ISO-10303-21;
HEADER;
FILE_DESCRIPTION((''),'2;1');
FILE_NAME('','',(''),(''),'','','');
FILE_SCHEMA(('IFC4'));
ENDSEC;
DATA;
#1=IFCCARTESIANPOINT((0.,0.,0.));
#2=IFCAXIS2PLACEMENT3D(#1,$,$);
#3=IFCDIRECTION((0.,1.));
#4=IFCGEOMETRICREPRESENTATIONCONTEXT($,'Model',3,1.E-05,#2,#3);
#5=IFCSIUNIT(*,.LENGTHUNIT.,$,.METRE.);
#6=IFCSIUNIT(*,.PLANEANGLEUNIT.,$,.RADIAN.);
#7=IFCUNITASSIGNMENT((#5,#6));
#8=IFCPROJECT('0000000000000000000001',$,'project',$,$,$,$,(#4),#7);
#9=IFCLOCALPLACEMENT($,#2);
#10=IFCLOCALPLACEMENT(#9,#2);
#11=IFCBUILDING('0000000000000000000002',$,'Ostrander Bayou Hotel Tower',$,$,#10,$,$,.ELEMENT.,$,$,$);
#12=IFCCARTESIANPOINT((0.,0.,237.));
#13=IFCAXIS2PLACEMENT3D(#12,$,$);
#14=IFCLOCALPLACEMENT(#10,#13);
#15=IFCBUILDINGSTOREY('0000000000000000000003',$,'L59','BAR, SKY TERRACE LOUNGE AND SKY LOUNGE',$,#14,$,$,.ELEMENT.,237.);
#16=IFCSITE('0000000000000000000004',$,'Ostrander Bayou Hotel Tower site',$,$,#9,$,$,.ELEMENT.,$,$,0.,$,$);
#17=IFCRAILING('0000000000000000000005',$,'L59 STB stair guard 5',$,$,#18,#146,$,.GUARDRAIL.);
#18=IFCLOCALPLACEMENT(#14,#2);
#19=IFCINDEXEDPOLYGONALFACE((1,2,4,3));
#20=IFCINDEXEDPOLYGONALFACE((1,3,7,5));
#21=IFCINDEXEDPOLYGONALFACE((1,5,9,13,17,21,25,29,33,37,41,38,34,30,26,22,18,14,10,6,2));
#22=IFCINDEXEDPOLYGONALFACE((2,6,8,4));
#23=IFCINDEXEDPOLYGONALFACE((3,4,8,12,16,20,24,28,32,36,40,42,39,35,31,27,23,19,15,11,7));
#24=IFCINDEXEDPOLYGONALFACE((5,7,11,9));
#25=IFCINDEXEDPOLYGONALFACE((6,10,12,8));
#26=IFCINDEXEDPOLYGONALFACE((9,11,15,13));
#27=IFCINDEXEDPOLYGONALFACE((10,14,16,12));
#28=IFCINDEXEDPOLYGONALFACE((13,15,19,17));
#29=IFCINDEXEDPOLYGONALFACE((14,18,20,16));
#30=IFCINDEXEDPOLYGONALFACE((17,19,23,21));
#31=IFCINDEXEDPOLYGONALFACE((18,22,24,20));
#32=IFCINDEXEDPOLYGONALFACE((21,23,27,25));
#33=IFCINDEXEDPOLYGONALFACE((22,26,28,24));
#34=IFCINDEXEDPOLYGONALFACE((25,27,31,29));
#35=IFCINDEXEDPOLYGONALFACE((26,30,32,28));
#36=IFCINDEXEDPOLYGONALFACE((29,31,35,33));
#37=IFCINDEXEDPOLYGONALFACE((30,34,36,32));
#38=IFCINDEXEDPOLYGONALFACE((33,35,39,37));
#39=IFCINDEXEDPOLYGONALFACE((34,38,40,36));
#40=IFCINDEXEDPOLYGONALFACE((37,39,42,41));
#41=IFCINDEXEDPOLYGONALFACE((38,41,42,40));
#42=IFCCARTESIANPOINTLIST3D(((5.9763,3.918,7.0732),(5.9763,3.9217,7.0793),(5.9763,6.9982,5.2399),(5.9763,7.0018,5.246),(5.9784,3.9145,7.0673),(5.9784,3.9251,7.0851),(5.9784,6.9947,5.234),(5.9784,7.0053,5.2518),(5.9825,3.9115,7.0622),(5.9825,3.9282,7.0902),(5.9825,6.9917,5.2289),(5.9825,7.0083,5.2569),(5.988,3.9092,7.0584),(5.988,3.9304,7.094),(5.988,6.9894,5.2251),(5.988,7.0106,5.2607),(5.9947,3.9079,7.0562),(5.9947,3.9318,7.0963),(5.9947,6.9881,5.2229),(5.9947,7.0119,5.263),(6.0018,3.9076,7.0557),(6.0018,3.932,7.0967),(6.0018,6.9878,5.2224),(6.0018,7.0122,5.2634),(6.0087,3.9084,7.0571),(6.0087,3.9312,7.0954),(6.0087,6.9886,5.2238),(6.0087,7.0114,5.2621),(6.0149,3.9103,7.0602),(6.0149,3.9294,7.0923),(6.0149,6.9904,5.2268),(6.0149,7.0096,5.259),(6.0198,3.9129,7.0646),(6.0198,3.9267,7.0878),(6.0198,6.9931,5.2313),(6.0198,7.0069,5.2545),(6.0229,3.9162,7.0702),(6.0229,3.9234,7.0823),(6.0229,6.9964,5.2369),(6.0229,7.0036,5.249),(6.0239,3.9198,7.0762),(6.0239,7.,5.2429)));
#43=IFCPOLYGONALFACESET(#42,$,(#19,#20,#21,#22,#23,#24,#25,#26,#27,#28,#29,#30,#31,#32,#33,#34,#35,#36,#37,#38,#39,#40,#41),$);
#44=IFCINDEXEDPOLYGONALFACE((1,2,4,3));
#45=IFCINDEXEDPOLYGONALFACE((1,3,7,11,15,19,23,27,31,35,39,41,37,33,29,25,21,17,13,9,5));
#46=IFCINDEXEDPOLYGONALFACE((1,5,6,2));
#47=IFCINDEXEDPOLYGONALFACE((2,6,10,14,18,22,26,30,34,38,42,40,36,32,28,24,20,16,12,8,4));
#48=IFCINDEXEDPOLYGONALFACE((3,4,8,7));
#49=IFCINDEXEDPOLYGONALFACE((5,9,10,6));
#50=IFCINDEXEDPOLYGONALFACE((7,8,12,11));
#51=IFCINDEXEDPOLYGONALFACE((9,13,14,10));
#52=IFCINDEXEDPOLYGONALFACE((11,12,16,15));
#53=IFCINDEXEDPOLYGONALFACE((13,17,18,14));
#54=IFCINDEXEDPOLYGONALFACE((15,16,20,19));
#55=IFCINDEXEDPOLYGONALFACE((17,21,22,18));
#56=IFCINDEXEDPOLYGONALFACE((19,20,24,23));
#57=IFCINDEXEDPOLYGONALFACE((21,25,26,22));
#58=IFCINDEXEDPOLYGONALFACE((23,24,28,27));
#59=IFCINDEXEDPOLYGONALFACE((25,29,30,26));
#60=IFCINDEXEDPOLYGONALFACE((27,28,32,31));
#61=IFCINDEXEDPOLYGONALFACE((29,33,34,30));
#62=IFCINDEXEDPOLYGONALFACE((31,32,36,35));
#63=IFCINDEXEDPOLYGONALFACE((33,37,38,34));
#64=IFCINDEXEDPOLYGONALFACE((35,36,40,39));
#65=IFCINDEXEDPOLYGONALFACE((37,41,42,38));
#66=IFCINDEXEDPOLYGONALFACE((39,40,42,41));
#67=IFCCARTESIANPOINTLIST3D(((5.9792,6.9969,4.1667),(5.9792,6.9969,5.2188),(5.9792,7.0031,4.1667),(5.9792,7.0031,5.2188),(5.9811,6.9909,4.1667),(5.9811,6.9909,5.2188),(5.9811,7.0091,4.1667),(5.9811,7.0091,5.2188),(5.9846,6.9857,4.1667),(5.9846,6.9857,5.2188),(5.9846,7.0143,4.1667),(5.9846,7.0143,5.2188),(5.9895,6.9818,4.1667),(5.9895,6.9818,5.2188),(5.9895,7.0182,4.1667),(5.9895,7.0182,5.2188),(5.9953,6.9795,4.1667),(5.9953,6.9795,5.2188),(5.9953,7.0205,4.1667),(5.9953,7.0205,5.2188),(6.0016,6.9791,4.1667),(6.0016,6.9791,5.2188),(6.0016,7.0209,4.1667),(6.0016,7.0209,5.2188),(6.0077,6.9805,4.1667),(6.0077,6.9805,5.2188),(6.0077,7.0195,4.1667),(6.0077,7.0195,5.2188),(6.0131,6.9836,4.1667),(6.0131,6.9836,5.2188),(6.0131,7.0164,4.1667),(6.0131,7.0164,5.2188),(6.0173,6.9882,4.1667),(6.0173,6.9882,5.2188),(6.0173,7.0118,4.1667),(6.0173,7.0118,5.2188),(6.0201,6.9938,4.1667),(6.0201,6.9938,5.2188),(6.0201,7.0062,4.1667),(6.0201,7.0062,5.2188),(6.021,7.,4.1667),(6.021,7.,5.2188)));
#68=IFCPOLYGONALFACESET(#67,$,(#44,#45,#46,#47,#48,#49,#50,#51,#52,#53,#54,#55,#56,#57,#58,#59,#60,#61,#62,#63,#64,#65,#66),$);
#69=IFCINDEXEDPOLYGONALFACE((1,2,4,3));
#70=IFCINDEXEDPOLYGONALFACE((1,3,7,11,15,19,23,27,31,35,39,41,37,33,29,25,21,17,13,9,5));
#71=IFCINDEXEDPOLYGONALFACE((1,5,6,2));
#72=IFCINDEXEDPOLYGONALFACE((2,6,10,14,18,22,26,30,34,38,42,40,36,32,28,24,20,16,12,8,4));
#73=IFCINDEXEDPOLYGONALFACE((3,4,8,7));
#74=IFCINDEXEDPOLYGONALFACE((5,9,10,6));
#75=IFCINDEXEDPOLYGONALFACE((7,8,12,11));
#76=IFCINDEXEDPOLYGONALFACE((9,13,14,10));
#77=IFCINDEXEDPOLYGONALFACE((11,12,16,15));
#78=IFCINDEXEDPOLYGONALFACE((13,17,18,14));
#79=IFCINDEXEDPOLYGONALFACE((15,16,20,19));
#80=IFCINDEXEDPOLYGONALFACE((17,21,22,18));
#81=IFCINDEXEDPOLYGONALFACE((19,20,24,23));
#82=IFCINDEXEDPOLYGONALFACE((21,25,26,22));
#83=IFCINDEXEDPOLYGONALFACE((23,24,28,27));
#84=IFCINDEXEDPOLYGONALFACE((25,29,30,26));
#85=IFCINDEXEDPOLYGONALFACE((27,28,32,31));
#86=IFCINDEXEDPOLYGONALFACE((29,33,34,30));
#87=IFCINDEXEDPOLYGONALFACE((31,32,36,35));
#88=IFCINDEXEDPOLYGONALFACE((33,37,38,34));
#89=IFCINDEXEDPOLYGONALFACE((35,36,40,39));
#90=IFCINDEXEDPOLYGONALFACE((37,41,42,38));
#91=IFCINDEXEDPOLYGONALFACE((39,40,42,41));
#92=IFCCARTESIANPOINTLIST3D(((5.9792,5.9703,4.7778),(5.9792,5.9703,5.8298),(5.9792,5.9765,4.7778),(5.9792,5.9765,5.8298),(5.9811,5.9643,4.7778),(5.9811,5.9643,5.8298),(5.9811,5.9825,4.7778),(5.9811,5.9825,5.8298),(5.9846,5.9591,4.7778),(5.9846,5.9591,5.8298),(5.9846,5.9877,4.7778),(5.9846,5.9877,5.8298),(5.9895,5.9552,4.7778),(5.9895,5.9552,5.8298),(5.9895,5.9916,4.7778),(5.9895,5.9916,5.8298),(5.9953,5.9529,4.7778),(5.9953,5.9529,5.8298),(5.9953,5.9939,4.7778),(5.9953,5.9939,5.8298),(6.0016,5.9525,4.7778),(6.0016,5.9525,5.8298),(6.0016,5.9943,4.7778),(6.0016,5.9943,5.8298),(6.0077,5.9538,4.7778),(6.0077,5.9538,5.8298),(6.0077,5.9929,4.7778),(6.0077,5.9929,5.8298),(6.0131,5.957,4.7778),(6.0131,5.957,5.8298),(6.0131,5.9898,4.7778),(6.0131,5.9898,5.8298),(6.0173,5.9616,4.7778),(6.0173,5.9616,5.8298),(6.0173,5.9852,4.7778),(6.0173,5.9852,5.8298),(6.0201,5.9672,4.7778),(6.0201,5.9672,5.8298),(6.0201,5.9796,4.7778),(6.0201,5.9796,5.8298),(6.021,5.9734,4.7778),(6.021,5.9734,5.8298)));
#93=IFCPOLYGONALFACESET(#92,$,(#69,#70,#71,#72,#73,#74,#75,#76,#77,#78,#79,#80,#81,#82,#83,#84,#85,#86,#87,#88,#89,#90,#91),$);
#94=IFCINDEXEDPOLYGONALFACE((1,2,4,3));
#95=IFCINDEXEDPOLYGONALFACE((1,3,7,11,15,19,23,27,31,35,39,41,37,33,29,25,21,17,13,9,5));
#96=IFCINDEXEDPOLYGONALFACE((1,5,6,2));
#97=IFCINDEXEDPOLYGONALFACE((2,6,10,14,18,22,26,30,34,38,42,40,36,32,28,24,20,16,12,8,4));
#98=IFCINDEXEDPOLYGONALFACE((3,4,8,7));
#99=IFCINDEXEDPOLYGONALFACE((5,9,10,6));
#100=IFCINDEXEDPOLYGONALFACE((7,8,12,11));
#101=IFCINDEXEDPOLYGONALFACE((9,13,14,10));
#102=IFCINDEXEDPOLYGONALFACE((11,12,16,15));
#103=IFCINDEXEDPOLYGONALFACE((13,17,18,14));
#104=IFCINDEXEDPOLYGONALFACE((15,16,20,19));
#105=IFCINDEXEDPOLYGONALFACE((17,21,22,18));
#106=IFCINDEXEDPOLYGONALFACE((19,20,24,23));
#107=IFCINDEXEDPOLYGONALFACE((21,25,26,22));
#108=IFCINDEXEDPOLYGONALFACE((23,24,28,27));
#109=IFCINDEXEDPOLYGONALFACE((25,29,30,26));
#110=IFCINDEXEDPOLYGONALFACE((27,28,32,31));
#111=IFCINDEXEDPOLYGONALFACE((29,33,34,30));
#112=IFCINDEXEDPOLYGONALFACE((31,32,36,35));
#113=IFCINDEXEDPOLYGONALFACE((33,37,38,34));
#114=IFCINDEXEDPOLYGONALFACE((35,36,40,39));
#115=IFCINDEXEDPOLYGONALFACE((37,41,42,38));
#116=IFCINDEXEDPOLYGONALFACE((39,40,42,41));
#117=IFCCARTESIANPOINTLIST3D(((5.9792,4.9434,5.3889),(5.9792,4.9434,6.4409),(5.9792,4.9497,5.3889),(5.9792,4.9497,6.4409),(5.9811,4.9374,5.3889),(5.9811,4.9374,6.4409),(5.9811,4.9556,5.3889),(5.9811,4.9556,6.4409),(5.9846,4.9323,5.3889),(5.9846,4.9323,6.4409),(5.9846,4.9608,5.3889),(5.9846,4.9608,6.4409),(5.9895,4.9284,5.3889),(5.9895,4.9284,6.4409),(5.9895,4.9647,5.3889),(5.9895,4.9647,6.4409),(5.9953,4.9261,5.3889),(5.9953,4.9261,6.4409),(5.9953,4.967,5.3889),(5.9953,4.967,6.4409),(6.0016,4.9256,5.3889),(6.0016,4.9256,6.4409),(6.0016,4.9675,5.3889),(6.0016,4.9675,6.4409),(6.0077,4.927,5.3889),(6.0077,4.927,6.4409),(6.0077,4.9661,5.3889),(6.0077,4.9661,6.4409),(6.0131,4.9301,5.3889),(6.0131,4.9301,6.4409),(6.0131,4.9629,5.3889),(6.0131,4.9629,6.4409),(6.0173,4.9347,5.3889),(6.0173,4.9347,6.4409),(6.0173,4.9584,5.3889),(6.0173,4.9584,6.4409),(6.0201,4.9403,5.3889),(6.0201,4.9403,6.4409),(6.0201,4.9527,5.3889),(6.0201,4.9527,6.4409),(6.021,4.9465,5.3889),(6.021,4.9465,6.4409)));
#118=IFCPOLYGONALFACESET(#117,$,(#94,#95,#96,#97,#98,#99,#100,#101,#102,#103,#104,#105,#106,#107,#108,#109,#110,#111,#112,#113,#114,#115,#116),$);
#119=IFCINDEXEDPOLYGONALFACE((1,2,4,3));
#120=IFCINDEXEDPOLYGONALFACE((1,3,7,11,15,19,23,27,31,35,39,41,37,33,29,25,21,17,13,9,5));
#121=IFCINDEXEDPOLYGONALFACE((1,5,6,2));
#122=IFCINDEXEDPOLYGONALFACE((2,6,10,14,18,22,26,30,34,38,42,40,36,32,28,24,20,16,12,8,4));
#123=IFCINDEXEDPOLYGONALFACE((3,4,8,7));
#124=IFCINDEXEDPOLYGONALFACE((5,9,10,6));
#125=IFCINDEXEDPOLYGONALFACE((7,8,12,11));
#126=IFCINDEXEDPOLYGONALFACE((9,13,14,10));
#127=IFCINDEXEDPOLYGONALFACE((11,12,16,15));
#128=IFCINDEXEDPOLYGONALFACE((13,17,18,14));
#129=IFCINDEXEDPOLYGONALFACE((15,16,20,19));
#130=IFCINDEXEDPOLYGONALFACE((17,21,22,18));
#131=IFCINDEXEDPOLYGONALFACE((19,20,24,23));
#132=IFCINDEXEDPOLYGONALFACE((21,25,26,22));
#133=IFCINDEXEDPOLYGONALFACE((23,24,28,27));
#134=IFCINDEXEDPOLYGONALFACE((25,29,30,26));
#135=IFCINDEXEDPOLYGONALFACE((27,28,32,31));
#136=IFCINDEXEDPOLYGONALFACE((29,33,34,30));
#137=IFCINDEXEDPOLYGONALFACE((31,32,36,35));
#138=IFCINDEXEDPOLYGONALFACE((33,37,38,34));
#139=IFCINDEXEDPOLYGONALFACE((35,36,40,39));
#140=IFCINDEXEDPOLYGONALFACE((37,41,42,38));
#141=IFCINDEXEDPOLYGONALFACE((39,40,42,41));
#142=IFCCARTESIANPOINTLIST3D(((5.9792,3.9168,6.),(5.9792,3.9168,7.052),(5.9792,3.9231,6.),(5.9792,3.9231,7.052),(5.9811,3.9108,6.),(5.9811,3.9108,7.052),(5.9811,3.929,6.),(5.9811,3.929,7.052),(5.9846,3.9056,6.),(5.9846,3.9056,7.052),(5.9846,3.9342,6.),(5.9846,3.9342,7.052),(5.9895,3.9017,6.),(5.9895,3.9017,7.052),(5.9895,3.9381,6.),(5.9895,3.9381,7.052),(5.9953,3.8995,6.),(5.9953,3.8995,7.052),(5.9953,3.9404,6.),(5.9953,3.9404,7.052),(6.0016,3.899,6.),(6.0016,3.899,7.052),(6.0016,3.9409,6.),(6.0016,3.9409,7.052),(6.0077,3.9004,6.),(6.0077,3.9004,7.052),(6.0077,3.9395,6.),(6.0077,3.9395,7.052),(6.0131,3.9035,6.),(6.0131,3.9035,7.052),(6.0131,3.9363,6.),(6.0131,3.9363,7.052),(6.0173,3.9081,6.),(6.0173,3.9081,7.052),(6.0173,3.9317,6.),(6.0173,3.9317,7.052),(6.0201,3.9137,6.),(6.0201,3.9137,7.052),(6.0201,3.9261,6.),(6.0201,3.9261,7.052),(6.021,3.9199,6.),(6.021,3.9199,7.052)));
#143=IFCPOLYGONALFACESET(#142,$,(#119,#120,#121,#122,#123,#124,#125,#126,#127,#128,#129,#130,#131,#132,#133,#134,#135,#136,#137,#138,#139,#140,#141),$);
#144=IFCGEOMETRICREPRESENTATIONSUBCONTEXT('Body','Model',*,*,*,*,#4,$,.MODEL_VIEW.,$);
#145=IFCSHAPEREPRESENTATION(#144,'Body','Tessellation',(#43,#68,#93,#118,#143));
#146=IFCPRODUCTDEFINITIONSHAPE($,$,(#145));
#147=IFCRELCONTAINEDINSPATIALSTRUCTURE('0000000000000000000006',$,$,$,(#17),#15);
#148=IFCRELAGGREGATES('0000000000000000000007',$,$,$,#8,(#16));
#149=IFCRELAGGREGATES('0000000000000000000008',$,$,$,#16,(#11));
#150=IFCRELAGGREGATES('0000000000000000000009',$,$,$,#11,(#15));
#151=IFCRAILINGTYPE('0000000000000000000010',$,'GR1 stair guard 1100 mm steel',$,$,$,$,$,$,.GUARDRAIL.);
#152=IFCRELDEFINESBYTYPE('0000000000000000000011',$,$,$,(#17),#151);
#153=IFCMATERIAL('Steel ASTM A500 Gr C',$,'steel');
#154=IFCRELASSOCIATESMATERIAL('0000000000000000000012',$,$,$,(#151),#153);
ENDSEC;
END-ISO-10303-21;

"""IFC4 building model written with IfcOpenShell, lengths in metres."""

from ifc_helpers import new_model, si_unit, direction, frame, origin, origin_2d, place, context, subcontext, project, spatial, circle, extrude, material, type_object, element, save


model = new_model("IFC4")

# Units and contexts
model_context = context("Model", 3, precision=1e-05, world=origin(), true_north=direction((0.0, 1.0)))
body_context = subcontext(model_context, "Body", "Model", "MODEL_VIEW")
ifc_project = project(units=[si_unit("LENGTHUNIT", "METRE"), si_unit("PLANEANGLEUNIT", "RADIAN")], contexts=[model_context])

# Site, building, storey
site_placement = place(None, origin())
site = spatial("IfcSite", under=ifc_project, at=site_placement, Name="Ostrander Bayou Hotel Tower site", CompositionType="ELEMENT", RefElevation=0.0)
building_placement = place(site_placement, origin())
building = spatial("IfcBuilding", under=site, at=building_placement, Name="Ostrander Bayou Hotel Tower", CompositionType="ELEMENT")
storey_placement = place(building_placement, frame((0.0, 0.0, 237.0)))
storey = spatial("IfcBuildingStorey", under=building, at=storey_placement, Name="L59", Description="BAR, SKY TERRACE LOUNGE AND SKY LOUNGE", CompositionType="ELEMENT", Elevation=237.0)

# Railing
ifc_material_1 = material(Name="Steel ASTM A500 Gr C", Category="steel")
railing_type_1 = type_object("IfcRailingType", Name="GR1 stair guard 1100 mm steel", PredefinedType="GUARDRAIL", material=ifc_material_1)
railing_1_placement = place(storey_placement, frame((6.0, 7.0, 4.1667)))
element("IfcRailing", 1, at=railing_1_placement, inside=storey, type_object=railing_type_1, Name="L59 STB stair guard 5", PredefinedType="GUARDRAIL", context=body_context, shape_type="SweptSolid", body=[
    extrude(circle(Radius=0.0239, at=origin_2d()), frame((0.0, 0.0, 1.0762), z_axis=(0.0, -0.859309, 0.511458), x_axis=(1.0, 0.0, 0.0)), (0.0, 0.0, 1.0), 3.5845),
    extrude(circle(Radius=0.021, at=origin_2d()), origin(), (0.0, 0.0, 1.0), 1.052),
    extrude(circle(Radius=0.021, at=origin_2d()), frame((0.0, -1.0266, 0.6111)), (0.0, 0.0, 1.0), 1.052),
    extrude(circle(Radius=0.021, at=origin_2d()), frame((0.0, -2.0535, 1.2222)), (0.0, 0.0, 1.0), 1.052),
    extrude(circle(Radius=0.021, at=origin_2d()), frame((0.0, -3.0801, 1.8333)), (0.0, 0.0, 1.0), 1.052),
])

save(model, "model.ifc")
